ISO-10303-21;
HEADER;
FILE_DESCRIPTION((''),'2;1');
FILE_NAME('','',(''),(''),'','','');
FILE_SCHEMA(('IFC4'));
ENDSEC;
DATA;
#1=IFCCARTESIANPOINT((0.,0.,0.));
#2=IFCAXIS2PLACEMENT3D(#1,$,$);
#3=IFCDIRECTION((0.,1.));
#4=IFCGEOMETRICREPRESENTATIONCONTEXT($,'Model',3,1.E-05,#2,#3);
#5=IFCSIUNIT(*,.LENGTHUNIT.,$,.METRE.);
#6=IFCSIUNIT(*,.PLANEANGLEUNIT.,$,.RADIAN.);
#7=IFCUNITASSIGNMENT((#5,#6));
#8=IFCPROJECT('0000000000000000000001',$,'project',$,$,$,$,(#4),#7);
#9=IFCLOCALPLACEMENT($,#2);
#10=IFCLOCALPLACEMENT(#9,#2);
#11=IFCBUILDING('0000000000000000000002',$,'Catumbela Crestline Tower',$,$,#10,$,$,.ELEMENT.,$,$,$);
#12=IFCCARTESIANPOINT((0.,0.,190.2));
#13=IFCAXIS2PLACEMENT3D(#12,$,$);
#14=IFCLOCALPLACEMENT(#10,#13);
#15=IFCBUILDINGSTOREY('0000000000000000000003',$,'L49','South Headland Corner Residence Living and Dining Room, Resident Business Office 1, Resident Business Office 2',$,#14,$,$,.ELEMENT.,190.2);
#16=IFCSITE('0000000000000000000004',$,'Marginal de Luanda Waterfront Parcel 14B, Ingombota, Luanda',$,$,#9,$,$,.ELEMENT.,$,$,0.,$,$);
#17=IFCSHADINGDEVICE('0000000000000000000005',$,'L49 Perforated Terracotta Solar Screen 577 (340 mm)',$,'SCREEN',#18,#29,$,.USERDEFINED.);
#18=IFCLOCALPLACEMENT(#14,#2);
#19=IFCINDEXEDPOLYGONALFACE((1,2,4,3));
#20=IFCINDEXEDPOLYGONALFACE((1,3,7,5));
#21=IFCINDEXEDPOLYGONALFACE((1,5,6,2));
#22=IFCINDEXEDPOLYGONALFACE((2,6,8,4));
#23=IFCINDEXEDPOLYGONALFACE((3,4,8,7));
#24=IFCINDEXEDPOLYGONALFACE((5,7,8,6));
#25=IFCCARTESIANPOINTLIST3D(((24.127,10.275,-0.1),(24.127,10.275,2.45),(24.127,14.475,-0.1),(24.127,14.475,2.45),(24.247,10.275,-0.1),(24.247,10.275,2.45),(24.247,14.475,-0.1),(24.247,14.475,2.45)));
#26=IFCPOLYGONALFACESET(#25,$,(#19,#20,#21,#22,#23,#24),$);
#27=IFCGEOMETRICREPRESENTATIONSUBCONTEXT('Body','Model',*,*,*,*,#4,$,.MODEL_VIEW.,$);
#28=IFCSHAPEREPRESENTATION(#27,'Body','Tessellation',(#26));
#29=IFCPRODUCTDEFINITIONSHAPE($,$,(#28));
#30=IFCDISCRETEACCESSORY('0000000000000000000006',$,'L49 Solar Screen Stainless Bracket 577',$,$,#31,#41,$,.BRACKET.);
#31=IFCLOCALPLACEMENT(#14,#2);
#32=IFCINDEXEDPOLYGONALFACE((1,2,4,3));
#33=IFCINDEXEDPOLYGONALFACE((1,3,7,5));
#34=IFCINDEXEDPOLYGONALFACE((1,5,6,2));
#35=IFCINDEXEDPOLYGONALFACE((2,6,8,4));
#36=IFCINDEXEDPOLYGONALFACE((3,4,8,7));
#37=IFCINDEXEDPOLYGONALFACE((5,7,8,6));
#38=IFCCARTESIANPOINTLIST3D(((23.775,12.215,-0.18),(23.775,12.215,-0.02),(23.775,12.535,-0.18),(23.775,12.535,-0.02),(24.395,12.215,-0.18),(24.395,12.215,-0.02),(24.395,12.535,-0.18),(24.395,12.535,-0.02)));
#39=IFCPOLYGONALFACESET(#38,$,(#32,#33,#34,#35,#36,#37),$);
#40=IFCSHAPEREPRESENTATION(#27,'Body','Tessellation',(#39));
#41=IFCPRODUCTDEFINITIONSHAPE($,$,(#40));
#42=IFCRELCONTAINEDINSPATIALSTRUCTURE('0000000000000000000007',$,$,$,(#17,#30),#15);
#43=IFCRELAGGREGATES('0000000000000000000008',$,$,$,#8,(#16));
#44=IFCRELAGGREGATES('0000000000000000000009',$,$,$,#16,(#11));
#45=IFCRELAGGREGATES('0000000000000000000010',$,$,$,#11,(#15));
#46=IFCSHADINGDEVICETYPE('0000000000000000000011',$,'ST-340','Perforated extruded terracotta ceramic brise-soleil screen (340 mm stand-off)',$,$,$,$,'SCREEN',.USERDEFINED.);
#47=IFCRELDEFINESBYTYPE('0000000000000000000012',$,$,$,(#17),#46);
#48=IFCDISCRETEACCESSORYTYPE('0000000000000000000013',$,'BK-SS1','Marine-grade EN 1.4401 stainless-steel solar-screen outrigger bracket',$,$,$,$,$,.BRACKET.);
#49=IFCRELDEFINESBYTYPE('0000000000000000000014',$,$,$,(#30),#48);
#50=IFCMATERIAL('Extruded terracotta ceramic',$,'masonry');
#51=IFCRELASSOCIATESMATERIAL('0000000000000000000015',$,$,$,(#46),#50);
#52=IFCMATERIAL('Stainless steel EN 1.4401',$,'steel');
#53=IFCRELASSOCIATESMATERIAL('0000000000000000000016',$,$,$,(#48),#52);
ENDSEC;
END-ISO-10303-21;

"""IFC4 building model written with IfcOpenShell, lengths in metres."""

from ifc_helpers import new_model, si_unit, direction, frame, origin, origin_2d, place, context, subcontext, project, spatial, rectangle, extrude, material, type_object, element, save


model = new_model("IFC4")

# Units and contexts
model_context = context("Model", 3, precision=1e-05, world=origin(), true_north=direction((0.0, 1.0)))
body_context = subcontext(model_context, "Body", "Model", "MODEL_VIEW")
ifc_project = project(units=[si_unit("LENGTHUNIT", "METRE"), si_unit("PLANEANGLEUNIT", "RADIAN")], contexts=[model_context])

# Site, building, storey
site_placement = place(None, origin())
site = spatial("IfcSite", under=ifc_project, at=site_placement, Name="Marginal de Luanda Waterfront Parcel 14B, Ingombota, Luanda", CompositionType="ELEMENT", RefElevation=0.0)
building_placement = place(site_placement, origin())
building = spatial("IfcBuilding", under=site, at=building_placement, Name="Catumbela Crestline Tower", CompositionType="ELEMENT")
storey_placement = place(building_placement, frame((0.0, 0.0, 190.2)))
storey = spatial("IfcBuildingStorey", under=building, at=storey_placement, Name="L49", Description="South Headland Corner Residence Living and Dining Room, Resident Business Office 1, Resident Business Office 2", CompositionType="ELEMENT", Elevation=190.2)

# Shading device
ifc_material_1 = material(Name="Extruded terracotta ceramic", Category="masonry")
shading_device_type = type_object("IfcShadingDeviceType", Name="ST-340", Description="Perforated extruded terracotta ceramic brise-soleil screen (340 mm stand-off)", ElementType="SCREEN", PredefinedType="USERDEFINED", material=ifc_material_1)
shading_device_placement = place(storey_placement, frame((24.187, 12.375, -0.1), z_axis=(0.0, 0.0, 1.0), x_axis=(0.0, 1.0, 0.0)))
element("IfcShadingDevice", 1, at=shading_device_placement, inside=storey, type_object=shading_device_type, Name="L49 Perforated Terracotta Solar Screen 577 (340 mm)", ObjectType="SCREEN", PredefinedType="USERDEFINED", context=body_context, shape_type="SweptSolid", body=[
    extrude(rectangle(XDim=4.2, YDim=0.12, at=origin_2d()), origin(), (0.0, 0.0, 1.0), 2.55),
])

# Discrete accessory
ifc_material_2 = material(Name="Stainless steel EN 1.4401", Category="steel")
discrete_accessory_type = type_object("IfcDiscreteAccessoryType", Name="BK-SS1", Description="Marine-grade EN 1.4401 stainless-steel solar-screen outrigger bracket", PredefinedType="BRACKET", material=ifc_material_2)
discrete_accessory_placement = place(storey_placement, frame((24.085, 12.375, -0.18), z_axis=(0.0, 0.0, 1.0), x_axis=(0.0, 1.0, 0.0)))
element("IfcDiscreteAccessory", 2, at=discrete_accessory_placement, inside=storey, type_object=discrete_accessory_type, Name="L49 Solar Screen Stainless Bracket 577", PredefinedType="BRACKET", context=body_context, shape_type="SweptSolid", body=[
    extrude(rectangle(XDim=0.32, YDim=0.62, at=origin_2d()), origin(), (0.0, 0.0, 1.0), 0.16),
])

save(model, "model.ifc")
